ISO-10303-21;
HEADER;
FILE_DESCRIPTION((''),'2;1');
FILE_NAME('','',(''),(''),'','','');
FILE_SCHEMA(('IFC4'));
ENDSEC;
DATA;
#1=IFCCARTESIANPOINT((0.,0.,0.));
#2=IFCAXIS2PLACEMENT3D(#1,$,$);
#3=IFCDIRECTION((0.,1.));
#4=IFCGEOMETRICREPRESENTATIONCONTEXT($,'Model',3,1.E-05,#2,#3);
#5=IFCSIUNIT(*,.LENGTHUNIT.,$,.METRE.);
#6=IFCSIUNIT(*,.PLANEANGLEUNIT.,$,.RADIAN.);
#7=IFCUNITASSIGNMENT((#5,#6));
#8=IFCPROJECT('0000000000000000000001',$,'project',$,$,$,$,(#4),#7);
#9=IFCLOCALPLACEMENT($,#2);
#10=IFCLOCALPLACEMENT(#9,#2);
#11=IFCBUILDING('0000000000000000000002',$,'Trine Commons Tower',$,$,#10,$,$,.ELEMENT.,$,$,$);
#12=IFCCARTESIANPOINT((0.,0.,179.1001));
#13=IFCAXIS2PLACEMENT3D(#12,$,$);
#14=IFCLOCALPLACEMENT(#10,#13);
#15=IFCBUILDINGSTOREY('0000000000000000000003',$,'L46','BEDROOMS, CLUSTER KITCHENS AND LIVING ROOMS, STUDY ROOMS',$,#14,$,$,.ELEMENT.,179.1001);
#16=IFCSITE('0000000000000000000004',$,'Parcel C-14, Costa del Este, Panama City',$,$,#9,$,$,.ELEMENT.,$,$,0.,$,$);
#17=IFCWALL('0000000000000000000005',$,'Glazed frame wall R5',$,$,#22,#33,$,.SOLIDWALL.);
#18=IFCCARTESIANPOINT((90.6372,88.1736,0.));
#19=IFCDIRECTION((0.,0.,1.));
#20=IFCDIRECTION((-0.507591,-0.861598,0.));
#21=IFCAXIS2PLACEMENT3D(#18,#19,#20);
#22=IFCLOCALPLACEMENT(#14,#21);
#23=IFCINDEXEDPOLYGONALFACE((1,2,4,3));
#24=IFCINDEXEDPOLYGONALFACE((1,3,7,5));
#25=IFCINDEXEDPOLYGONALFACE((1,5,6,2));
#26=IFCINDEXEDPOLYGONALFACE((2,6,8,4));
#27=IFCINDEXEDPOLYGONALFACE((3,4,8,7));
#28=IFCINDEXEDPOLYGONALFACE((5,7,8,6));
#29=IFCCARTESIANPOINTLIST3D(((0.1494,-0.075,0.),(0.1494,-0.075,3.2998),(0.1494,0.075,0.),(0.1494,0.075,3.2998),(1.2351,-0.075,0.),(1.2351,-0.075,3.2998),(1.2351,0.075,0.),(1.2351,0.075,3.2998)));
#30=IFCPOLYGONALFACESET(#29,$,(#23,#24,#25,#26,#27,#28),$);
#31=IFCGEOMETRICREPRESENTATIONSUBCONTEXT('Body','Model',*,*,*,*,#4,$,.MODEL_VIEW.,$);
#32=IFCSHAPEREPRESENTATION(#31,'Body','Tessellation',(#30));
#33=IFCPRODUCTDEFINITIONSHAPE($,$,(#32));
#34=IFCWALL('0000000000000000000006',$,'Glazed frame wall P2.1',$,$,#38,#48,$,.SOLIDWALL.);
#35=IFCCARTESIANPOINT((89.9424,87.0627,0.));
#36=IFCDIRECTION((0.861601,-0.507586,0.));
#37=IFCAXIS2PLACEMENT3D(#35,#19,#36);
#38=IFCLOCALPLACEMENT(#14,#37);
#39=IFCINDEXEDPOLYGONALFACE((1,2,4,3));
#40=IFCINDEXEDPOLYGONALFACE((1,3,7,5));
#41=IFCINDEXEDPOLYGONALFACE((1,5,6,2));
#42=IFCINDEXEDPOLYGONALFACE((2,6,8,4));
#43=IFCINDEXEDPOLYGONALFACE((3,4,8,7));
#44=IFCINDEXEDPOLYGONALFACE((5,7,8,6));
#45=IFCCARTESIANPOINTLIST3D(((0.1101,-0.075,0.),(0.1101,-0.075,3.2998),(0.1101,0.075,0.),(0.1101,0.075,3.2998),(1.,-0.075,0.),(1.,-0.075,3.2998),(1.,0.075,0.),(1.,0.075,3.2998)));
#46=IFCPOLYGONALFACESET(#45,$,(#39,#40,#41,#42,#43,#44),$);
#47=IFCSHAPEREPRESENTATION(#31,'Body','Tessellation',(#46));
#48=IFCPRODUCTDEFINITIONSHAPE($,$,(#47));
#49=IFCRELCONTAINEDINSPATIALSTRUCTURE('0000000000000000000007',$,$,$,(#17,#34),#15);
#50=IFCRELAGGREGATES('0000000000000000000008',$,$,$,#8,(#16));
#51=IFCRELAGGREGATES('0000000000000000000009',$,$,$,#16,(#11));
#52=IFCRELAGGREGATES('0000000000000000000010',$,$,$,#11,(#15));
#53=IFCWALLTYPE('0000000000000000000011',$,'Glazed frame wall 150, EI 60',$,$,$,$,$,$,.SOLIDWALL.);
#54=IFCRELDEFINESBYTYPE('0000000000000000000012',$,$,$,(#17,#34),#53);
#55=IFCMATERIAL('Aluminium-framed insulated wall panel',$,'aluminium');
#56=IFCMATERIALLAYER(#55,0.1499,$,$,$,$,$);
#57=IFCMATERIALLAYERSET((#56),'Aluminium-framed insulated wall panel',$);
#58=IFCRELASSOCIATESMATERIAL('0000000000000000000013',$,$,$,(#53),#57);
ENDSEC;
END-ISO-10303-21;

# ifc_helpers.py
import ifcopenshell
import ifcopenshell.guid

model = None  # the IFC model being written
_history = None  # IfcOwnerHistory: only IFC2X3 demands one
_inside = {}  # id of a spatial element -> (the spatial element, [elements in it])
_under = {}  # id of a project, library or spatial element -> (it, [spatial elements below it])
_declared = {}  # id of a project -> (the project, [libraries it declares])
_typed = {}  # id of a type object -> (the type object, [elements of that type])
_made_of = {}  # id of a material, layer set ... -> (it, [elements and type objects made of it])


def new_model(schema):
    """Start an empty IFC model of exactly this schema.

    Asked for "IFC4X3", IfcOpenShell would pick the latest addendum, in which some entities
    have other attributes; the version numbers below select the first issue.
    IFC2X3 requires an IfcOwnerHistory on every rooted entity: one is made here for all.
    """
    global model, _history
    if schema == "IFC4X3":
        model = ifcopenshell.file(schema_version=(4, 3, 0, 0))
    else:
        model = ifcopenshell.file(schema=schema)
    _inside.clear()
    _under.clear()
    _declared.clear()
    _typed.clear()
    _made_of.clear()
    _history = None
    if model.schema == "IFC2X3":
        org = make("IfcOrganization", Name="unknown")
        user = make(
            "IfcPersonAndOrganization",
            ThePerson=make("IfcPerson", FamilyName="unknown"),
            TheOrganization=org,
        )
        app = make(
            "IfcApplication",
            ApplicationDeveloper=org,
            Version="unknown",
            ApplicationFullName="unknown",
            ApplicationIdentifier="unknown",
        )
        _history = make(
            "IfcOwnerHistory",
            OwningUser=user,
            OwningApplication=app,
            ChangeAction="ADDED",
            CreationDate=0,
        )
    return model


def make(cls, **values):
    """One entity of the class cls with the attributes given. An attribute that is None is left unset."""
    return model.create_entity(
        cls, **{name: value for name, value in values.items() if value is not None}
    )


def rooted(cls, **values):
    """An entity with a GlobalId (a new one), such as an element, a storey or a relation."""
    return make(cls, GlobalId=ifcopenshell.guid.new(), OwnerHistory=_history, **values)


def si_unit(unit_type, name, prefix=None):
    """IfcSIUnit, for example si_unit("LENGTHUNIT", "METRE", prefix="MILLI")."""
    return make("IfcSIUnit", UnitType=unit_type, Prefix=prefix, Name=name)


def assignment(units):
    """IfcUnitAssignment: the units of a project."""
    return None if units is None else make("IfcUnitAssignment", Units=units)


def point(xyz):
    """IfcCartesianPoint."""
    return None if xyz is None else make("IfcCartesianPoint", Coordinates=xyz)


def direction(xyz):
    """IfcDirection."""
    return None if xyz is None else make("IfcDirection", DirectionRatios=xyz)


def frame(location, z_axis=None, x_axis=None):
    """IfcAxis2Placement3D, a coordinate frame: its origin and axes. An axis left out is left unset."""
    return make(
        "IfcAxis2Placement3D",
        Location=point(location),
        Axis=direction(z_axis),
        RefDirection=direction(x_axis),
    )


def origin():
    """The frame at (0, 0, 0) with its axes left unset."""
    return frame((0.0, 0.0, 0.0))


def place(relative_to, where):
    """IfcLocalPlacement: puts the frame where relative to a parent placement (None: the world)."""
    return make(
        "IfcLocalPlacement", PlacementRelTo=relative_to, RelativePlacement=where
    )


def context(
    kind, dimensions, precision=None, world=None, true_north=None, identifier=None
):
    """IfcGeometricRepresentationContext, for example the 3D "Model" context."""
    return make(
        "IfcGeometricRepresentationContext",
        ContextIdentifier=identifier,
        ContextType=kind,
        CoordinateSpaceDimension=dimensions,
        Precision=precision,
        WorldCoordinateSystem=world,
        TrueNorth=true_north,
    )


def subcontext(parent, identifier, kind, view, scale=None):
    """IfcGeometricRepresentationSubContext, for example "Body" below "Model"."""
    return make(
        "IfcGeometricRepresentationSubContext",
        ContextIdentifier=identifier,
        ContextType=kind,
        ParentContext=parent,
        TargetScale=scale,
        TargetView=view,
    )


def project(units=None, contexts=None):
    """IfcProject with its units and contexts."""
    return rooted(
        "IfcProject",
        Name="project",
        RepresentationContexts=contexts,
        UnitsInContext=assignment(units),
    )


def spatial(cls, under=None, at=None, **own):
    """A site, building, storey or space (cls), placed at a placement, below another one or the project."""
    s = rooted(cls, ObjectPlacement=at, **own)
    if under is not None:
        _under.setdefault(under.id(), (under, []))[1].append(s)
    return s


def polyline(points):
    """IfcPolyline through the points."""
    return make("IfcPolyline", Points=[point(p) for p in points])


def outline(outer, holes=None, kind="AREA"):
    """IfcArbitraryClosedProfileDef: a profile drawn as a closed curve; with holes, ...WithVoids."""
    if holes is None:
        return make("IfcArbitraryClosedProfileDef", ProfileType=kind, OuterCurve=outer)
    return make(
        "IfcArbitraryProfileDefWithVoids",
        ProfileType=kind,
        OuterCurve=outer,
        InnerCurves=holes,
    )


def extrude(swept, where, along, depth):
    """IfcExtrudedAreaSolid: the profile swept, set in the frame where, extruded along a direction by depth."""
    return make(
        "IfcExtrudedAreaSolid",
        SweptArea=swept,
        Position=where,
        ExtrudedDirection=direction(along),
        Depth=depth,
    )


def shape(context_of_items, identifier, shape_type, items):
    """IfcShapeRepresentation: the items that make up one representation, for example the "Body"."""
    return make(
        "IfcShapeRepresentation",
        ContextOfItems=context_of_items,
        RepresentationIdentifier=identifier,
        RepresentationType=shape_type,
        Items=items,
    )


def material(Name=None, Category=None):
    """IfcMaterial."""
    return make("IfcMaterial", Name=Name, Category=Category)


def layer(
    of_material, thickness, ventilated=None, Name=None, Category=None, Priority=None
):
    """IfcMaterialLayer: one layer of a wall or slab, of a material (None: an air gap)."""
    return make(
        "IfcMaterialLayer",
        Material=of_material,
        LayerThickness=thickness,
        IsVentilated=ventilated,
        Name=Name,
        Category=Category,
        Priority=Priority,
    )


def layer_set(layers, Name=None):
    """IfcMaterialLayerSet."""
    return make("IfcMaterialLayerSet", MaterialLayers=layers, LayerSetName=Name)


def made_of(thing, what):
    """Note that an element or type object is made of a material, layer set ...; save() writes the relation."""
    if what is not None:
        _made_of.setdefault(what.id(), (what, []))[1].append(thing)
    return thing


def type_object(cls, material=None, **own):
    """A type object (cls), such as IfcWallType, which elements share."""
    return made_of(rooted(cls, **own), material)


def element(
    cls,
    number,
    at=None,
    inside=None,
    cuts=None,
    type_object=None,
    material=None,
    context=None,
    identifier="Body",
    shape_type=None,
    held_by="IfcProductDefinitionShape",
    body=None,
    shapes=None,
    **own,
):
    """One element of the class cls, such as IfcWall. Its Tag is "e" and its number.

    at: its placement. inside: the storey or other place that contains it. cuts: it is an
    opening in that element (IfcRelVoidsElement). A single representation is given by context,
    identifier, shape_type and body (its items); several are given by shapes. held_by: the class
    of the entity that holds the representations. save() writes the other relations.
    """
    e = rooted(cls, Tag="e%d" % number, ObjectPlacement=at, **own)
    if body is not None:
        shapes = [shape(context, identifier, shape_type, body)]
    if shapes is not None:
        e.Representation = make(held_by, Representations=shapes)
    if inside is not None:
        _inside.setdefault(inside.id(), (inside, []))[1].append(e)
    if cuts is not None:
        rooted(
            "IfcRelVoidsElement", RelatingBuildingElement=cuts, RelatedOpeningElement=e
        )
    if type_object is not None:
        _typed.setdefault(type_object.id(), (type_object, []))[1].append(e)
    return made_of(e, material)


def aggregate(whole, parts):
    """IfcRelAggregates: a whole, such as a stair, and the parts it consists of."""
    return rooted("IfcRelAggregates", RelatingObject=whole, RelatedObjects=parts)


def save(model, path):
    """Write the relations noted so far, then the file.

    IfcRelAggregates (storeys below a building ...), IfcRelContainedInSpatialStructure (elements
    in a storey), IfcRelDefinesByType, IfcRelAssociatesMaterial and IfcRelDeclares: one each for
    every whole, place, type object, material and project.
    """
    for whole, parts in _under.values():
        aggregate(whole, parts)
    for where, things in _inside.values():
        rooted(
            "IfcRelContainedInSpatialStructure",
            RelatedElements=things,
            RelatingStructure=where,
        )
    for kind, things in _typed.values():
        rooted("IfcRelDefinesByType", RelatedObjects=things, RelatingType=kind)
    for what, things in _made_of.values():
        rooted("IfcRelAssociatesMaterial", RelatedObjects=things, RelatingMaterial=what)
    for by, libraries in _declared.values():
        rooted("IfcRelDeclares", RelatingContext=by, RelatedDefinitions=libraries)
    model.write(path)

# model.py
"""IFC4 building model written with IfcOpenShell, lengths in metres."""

from ifc_helpers import new_model, si_unit, direction, frame, origin, place, context, subcontext, project, spatial, polyline, outline, extrude, material, layer, layer_set, type_object, element, save


model = new_model("IFC4")

# Units and contexts
model_context = context("Model", 3, precision=1e-05, world=origin(), true_north=direction((0.0, 1.0)))
body_context = subcontext(model_context, "Body", "Model", "MODEL_VIEW")
ifc_project = project(units=[si_unit("LENGTHUNIT", "METRE"), si_unit("PLANEANGLEUNIT", "RADIAN")], contexts=[model_context])

# Site, building, storey
site_placement = place(None, origin())
site = spatial("IfcSite", under=ifc_project, at=site_placement, Name="Parcel C-14, Costa del Este, Panama City", CompositionType="ELEMENT", RefElevation=0.0)
building_placement = place(site_placement, origin())
building = spatial("IfcBuilding", under=site, at=building_placement, Name="Trine Commons Tower", CompositionType="ELEMENT")
storey_placement = place(building_placement, frame((0.0, 0.0, 179.1001)))
storey = spatial("IfcBuildingStorey", under=building, at=storey_placement, Name="L46", Description="BEDROOMS, CLUSTER KITCHENS AND LIVING ROOMS, STUDY ROOMS", CompositionType="ELEMENT", Elevation=179.1001)

# Walls
ifc_material_1 = material(Name="Aluminium-framed insulated wall panel", Category="aluminium")
ifc_layer_1 = layer(ifc_material_1, 0.1499)
ifc_layer_set_1 = layer_set([ifc_layer_1], Name="Aluminium-framed insulated wall panel")
wall_type_1 = type_object("IfcWallType", Name="Glazed frame wall 150, EI 60", PredefinedType="SOLIDWALL", material=ifc_layer_set_1)
wall_1_placement = place(storey_placement, frame((90.6372, 88.1736, 0.0), z_axis=(0.0, 0.0, 1.0), x_axis=(-0.507591, -0.861598, 0.0)))
element("IfcWall", 1, at=wall_1_placement, inside=storey, type_object=wall_type_1, Name="Glazed frame wall R5", PredefinedType="SOLIDWALL", context=body_context, shape_type="SweptSolid", body=[
    extrude(outline(polyline([(0.1494, 0.075), (0.1494, -0.075), (1.2351, -0.075), (1.2351, 0.075), (0.1494, 0.075)])), origin(), (0.0, 0.0, 1.0), 3.2998),
])
wall_2_placement = place(storey_placement, frame((89.9424, 87.0627, 0.0), z_axis=(0.0, 0.0, 1.0), x_axis=(0.861601, -0.507586, 0.0)))
element("IfcWall", 2, at=wall_2_placement, inside=storey, type_object=wall_type_1, Name="Glazed frame wall P2.1", PredefinedType="SOLIDWALL", context=body_context, shape_type="SweptSolid", body=[
    extrude(outline(polyline([(0.1101, -0.075), (1.0, -0.075), (1.0, 0.075), (0.1101, 0.075), (0.1101, -0.075)])), origin(), (0.0, 0.0, 1.0), 3.2998),
])

save(model, "model.ifc")
